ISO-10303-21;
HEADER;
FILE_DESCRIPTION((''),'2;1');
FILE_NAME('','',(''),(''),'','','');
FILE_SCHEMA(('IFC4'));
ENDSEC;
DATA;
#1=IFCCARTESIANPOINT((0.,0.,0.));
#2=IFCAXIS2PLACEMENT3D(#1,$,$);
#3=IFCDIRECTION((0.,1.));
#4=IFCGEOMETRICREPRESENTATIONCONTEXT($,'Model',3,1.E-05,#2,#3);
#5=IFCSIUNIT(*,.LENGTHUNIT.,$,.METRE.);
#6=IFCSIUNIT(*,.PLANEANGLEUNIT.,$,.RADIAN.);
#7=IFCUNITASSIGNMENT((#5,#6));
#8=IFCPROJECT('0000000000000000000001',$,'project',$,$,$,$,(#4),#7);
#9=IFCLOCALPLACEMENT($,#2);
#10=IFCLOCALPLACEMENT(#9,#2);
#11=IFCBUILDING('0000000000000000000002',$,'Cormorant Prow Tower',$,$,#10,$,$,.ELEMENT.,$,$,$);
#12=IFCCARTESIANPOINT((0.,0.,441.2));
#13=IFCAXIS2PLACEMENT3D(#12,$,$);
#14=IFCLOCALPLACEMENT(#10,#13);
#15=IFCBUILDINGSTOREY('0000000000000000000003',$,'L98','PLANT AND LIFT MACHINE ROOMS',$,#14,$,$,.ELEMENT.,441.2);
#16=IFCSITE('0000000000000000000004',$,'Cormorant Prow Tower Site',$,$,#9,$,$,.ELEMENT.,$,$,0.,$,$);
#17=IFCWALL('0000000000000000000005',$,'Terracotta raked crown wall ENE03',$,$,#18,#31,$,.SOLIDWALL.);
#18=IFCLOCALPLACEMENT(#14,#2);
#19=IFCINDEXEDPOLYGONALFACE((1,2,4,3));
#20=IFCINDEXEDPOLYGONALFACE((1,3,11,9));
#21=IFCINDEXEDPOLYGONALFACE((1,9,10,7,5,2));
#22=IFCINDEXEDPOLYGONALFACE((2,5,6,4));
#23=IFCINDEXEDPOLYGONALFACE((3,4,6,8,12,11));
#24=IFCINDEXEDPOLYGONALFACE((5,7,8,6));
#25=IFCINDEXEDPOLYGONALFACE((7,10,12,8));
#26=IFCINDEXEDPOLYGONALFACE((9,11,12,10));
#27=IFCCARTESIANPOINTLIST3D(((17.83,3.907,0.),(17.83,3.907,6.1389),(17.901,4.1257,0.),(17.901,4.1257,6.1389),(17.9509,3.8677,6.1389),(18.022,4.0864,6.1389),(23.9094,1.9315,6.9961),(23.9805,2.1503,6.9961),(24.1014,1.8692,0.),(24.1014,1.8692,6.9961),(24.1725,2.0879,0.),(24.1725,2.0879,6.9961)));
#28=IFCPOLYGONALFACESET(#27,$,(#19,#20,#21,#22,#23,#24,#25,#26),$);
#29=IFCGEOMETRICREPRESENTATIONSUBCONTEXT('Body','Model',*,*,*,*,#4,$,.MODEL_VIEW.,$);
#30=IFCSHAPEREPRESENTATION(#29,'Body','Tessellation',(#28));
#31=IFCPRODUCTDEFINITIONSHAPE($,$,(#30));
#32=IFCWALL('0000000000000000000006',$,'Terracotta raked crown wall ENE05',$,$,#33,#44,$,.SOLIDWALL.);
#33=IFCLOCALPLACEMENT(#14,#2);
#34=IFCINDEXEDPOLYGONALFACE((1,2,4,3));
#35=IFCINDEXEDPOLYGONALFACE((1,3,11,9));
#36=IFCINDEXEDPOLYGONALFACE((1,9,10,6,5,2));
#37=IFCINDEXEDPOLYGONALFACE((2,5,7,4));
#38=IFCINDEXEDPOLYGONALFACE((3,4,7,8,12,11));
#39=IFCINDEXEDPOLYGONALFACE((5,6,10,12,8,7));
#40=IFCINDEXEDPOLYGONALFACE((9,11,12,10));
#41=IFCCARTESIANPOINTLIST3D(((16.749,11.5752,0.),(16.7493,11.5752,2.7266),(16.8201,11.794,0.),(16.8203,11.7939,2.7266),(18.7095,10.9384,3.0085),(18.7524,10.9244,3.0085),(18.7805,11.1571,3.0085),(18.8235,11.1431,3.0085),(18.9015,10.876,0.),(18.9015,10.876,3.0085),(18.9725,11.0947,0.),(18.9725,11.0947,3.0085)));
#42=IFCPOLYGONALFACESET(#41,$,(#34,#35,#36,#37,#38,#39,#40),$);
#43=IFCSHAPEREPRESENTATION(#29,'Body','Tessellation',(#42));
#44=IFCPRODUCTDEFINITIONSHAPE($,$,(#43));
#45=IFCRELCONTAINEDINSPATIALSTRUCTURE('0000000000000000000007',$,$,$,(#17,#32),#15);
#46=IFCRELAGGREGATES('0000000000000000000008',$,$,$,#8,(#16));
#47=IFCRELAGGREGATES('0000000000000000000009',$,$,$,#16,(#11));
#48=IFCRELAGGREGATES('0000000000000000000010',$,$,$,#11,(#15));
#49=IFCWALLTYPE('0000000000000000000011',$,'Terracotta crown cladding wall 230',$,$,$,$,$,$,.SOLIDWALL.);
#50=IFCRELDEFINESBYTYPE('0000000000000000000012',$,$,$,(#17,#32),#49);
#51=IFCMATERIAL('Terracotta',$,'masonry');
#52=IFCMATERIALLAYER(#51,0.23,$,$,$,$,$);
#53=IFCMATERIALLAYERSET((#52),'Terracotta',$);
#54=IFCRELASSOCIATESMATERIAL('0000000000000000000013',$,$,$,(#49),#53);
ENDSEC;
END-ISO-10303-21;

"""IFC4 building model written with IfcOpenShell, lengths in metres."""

from ifc_helpers import new_model, si_unit, direction, frame, origin, place, context, subcontext, project, spatial, polyline, outline, extrude, material, layer, layer_set, type_object, element, save


model = new_model("IFC4")

# Units and contexts
model_context = context("Model", 3, precision=1e-05, world=origin(), true_north=direction((0.0, 1.0)))
body_context = subcontext(model_context, "Body", "Model", "MODEL_VIEW")
ifc_project = project(units=[si_unit("LENGTHUNIT", "METRE"), si_unit("PLANEANGLEUNIT", "RADIAN")], contexts=[model_context])

# Site, building, storey
site_placement = place(None, origin())
site = spatial("IfcSite", under=ifc_project, at=site_placement, Name="Cormorant Prow Tower Site", CompositionType="ELEMENT", RefElevation=0.0)
building_placement = place(site_placement, origin())
building = spatial("IfcBuilding", under=site, at=building_placement, Name="Cormorant Prow Tower", CompositionType="ELEMENT")
storey_placement = place(building_placement, frame((0.0, 0.0, 441.2)))
storey = spatial("IfcBuildingStorey", under=building, at=storey_placement, Name="L98", Description="PLANT AND LIFT MACHINE ROOMS", CompositionType="ELEMENT", Elevation=441.2)

# Shared definitions
ifc_material_1 = material(Name="Terracotta", Category="masonry")
ifc_layer_1 = layer(ifc_material_1, 0.23)
ifc_layer_set_1 = layer_set([ifc_layer_1], Name="Terracotta")
wall_type = type_object("IfcWallType", Name="Terracotta crown cladding wall 230", PredefinedType="SOLIDWALL", material=ifc_layer_set_1)

# Walls
wall_1_placement = place(storey_placement, frame((24.137, 1.9785, 0.0), z_axis=(0.0, 0.0, 1.0), x_axis=(-0.951051, 0.309032, 0.0)))
element("IfcWall", 1, at=wall_1_placement, inside=storey, type_object=wall_type, Name="Terracotta raked crown wall ENE03", PredefinedType="SOLIDWALL", context=body_context, shape_type="SweptSolid", body=[
    extrude(outline(polyline([(0.0, 0.0), (6.5942, 0.0), (6.5942, 6.1389), (6.467, 6.1389), (0.2019, 6.9961), (0.0, 6.9961), (0.0, 0.0)])), frame((0.0, 0.115, 0.0), z_axis=(0.0, -1.0, 0.0), x_axis=(1.0, 0.0, 0.0)), (0.0, 0.0, 1.0), 0.23),
])
wall_2_placement = place(storey_placement, frame((18.937, 10.9854, 0.0), z_axis=(0.0, 0.0, 1.0), x_axis=(-0.951072, 0.308969, 0.0)))
element("IfcWall", 2, at=wall_2_placement, inside=storey, type_object=wall_type, Name="Terracotta raked crown wall ENE05", PredefinedType="SOLIDWALL", context=body_context, shape_type="SweptSolid", body=[
    extrude(outline(polyline([(0.0, 0.0), (2.2632, 0.0), (2.2629, 2.7266), (0.2019, 3.0085), (0.1567, 3.0085), (0.0, 3.0085), (0.0, 0.0)])), frame((0.0, 0.115, 0.0), z_axis=(0.0, -1.0, 0.0), x_axis=(1.0, 0.0, 0.0)), (0.0, 0.0, 1.0), 0.23),
])

save(model, "model.ifc")
